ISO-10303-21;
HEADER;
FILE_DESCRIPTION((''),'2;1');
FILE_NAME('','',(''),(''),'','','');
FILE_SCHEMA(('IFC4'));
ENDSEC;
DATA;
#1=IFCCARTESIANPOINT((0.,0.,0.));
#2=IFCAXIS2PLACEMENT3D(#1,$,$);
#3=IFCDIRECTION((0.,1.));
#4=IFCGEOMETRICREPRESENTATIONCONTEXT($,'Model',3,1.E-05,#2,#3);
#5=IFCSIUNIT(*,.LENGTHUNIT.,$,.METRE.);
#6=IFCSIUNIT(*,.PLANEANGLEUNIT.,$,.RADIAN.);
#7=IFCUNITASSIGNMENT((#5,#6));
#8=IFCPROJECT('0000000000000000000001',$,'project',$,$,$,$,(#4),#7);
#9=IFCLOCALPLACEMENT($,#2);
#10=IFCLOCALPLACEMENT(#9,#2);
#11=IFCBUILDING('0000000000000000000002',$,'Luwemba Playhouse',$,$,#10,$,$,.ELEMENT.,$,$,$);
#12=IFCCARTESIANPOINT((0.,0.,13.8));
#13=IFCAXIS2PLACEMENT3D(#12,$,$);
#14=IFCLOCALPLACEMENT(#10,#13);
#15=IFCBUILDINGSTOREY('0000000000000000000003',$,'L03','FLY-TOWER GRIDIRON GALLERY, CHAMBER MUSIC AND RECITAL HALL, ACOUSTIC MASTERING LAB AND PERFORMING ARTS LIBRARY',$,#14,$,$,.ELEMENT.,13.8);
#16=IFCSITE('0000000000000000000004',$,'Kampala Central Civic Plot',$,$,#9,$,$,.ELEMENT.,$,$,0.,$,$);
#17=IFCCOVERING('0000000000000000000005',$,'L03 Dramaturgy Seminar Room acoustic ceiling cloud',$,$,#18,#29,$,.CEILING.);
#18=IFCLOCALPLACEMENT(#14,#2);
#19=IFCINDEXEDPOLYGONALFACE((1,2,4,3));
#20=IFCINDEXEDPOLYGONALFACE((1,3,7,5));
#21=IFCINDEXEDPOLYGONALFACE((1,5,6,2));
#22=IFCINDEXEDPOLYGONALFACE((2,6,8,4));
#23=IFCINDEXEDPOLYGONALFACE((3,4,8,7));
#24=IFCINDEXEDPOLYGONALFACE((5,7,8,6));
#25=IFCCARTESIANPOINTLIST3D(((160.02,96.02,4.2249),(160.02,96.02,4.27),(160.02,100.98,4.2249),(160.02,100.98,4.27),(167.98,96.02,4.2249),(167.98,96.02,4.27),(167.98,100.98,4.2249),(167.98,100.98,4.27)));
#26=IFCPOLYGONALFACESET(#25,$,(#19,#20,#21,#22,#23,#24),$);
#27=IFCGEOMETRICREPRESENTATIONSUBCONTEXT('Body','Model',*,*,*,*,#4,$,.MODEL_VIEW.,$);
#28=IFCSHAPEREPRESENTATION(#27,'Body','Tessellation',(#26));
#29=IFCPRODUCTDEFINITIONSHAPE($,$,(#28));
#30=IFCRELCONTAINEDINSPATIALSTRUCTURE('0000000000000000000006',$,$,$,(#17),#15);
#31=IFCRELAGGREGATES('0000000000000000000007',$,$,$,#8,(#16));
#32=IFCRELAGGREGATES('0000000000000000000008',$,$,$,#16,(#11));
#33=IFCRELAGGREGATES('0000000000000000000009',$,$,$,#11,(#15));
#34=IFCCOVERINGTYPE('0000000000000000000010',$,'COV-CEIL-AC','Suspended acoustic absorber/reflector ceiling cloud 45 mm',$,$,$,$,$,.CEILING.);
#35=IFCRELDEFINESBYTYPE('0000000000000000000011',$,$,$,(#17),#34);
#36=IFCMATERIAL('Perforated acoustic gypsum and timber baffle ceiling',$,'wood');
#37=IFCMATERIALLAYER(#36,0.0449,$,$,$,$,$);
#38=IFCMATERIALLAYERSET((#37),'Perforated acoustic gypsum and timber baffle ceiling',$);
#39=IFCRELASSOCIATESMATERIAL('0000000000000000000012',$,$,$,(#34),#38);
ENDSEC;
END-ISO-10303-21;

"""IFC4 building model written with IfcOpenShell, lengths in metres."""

from ifc_helpers import new_model, si_unit, direction, frame, origin, place, context, subcontext, project, spatial, polyline, outline, extrude, material, layer, layer_set, type_object, element, save


model = new_model("IFC4")

# Units and contexts
model_context = context("Model", 3, precision=1e-05, world=origin(), true_north=direction((0.0, 1.0)))
body_context = subcontext(model_context, "Body", "Model", "MODEL_VIEW")
ifc_project = project(units=[si_unit("LENGTHUNIT", "METRE"), si_unit("PLANEANGLEUNIT", "RADIAN")], contexts=[model_context])

# Site, building, storey
site_placement = place(None, origin())
site = spatial("IfcSite", under=ifc_project, at=site_placement, Name="Kampala Central Civic Plot", CompositionType="ELEMENT", RefElevation=0.0)
building_placement = place(site_placement, origin())
building = spatial("IfcBuilding", under=site, at=building_placement, Name="Luwemba Playhouse", CompositionType="ELEMENT")
storey_placement = place(building_placement, frame((0.0, 0.0, 13.8)))
storey = spatial("IfcBuildingStorey", under=building, at=storey_placement, Name="L03", Description="FLY-TOWER GRIDIRON GALLERY, CHAMBER MUSIC AND RECITAL HALL, ACOUSTIC MASTERING LAB AND PERFORMING ARTS LIBRARY", CompositionType="ELEMENT", Elevation=13.8)

# Covering
ifc_material_1 = material(Name="Perforated acoustic gypsum and timber baffle ceiling", Category="wood")
ifc_layer_1 = layer(ifc_material_1, 0.0449)
ifc_layer_set_1 = layer_set([ifc_layer_1], Name="Perforated acoustic gypsum and timber baffle ceiling")
covering_type = type_object("IfcCoveringType", Name="COV-CEIL-AC", Description="Suspended acoustic absorber/reflector ceiling cloud 45 mm", PredefinedType="CEILING", material=ifc_layer_set_1)
covering_placement = place(storey_placement, frame((0.0, 0.0, 4.2249)))
element("IfcCovering", 1, at=covering_placement, inside=storey, type_object=covering_type, Name="L03 Dramaturgy Seminar Room acoustic ceiling cloud", PredefinedType="CEILING", context=body_context, shape_type="SweptSolid", body=[
    extrude(outline(polyline([(160.02, 96.02), (167.98, 96.02), (167.98, 100.98), (160.02, 100.98), (160.02, 96.02)])), origin(), (0.0, 0.0, 1.0), 0.0452),
])

save(model, "model.ifc")
